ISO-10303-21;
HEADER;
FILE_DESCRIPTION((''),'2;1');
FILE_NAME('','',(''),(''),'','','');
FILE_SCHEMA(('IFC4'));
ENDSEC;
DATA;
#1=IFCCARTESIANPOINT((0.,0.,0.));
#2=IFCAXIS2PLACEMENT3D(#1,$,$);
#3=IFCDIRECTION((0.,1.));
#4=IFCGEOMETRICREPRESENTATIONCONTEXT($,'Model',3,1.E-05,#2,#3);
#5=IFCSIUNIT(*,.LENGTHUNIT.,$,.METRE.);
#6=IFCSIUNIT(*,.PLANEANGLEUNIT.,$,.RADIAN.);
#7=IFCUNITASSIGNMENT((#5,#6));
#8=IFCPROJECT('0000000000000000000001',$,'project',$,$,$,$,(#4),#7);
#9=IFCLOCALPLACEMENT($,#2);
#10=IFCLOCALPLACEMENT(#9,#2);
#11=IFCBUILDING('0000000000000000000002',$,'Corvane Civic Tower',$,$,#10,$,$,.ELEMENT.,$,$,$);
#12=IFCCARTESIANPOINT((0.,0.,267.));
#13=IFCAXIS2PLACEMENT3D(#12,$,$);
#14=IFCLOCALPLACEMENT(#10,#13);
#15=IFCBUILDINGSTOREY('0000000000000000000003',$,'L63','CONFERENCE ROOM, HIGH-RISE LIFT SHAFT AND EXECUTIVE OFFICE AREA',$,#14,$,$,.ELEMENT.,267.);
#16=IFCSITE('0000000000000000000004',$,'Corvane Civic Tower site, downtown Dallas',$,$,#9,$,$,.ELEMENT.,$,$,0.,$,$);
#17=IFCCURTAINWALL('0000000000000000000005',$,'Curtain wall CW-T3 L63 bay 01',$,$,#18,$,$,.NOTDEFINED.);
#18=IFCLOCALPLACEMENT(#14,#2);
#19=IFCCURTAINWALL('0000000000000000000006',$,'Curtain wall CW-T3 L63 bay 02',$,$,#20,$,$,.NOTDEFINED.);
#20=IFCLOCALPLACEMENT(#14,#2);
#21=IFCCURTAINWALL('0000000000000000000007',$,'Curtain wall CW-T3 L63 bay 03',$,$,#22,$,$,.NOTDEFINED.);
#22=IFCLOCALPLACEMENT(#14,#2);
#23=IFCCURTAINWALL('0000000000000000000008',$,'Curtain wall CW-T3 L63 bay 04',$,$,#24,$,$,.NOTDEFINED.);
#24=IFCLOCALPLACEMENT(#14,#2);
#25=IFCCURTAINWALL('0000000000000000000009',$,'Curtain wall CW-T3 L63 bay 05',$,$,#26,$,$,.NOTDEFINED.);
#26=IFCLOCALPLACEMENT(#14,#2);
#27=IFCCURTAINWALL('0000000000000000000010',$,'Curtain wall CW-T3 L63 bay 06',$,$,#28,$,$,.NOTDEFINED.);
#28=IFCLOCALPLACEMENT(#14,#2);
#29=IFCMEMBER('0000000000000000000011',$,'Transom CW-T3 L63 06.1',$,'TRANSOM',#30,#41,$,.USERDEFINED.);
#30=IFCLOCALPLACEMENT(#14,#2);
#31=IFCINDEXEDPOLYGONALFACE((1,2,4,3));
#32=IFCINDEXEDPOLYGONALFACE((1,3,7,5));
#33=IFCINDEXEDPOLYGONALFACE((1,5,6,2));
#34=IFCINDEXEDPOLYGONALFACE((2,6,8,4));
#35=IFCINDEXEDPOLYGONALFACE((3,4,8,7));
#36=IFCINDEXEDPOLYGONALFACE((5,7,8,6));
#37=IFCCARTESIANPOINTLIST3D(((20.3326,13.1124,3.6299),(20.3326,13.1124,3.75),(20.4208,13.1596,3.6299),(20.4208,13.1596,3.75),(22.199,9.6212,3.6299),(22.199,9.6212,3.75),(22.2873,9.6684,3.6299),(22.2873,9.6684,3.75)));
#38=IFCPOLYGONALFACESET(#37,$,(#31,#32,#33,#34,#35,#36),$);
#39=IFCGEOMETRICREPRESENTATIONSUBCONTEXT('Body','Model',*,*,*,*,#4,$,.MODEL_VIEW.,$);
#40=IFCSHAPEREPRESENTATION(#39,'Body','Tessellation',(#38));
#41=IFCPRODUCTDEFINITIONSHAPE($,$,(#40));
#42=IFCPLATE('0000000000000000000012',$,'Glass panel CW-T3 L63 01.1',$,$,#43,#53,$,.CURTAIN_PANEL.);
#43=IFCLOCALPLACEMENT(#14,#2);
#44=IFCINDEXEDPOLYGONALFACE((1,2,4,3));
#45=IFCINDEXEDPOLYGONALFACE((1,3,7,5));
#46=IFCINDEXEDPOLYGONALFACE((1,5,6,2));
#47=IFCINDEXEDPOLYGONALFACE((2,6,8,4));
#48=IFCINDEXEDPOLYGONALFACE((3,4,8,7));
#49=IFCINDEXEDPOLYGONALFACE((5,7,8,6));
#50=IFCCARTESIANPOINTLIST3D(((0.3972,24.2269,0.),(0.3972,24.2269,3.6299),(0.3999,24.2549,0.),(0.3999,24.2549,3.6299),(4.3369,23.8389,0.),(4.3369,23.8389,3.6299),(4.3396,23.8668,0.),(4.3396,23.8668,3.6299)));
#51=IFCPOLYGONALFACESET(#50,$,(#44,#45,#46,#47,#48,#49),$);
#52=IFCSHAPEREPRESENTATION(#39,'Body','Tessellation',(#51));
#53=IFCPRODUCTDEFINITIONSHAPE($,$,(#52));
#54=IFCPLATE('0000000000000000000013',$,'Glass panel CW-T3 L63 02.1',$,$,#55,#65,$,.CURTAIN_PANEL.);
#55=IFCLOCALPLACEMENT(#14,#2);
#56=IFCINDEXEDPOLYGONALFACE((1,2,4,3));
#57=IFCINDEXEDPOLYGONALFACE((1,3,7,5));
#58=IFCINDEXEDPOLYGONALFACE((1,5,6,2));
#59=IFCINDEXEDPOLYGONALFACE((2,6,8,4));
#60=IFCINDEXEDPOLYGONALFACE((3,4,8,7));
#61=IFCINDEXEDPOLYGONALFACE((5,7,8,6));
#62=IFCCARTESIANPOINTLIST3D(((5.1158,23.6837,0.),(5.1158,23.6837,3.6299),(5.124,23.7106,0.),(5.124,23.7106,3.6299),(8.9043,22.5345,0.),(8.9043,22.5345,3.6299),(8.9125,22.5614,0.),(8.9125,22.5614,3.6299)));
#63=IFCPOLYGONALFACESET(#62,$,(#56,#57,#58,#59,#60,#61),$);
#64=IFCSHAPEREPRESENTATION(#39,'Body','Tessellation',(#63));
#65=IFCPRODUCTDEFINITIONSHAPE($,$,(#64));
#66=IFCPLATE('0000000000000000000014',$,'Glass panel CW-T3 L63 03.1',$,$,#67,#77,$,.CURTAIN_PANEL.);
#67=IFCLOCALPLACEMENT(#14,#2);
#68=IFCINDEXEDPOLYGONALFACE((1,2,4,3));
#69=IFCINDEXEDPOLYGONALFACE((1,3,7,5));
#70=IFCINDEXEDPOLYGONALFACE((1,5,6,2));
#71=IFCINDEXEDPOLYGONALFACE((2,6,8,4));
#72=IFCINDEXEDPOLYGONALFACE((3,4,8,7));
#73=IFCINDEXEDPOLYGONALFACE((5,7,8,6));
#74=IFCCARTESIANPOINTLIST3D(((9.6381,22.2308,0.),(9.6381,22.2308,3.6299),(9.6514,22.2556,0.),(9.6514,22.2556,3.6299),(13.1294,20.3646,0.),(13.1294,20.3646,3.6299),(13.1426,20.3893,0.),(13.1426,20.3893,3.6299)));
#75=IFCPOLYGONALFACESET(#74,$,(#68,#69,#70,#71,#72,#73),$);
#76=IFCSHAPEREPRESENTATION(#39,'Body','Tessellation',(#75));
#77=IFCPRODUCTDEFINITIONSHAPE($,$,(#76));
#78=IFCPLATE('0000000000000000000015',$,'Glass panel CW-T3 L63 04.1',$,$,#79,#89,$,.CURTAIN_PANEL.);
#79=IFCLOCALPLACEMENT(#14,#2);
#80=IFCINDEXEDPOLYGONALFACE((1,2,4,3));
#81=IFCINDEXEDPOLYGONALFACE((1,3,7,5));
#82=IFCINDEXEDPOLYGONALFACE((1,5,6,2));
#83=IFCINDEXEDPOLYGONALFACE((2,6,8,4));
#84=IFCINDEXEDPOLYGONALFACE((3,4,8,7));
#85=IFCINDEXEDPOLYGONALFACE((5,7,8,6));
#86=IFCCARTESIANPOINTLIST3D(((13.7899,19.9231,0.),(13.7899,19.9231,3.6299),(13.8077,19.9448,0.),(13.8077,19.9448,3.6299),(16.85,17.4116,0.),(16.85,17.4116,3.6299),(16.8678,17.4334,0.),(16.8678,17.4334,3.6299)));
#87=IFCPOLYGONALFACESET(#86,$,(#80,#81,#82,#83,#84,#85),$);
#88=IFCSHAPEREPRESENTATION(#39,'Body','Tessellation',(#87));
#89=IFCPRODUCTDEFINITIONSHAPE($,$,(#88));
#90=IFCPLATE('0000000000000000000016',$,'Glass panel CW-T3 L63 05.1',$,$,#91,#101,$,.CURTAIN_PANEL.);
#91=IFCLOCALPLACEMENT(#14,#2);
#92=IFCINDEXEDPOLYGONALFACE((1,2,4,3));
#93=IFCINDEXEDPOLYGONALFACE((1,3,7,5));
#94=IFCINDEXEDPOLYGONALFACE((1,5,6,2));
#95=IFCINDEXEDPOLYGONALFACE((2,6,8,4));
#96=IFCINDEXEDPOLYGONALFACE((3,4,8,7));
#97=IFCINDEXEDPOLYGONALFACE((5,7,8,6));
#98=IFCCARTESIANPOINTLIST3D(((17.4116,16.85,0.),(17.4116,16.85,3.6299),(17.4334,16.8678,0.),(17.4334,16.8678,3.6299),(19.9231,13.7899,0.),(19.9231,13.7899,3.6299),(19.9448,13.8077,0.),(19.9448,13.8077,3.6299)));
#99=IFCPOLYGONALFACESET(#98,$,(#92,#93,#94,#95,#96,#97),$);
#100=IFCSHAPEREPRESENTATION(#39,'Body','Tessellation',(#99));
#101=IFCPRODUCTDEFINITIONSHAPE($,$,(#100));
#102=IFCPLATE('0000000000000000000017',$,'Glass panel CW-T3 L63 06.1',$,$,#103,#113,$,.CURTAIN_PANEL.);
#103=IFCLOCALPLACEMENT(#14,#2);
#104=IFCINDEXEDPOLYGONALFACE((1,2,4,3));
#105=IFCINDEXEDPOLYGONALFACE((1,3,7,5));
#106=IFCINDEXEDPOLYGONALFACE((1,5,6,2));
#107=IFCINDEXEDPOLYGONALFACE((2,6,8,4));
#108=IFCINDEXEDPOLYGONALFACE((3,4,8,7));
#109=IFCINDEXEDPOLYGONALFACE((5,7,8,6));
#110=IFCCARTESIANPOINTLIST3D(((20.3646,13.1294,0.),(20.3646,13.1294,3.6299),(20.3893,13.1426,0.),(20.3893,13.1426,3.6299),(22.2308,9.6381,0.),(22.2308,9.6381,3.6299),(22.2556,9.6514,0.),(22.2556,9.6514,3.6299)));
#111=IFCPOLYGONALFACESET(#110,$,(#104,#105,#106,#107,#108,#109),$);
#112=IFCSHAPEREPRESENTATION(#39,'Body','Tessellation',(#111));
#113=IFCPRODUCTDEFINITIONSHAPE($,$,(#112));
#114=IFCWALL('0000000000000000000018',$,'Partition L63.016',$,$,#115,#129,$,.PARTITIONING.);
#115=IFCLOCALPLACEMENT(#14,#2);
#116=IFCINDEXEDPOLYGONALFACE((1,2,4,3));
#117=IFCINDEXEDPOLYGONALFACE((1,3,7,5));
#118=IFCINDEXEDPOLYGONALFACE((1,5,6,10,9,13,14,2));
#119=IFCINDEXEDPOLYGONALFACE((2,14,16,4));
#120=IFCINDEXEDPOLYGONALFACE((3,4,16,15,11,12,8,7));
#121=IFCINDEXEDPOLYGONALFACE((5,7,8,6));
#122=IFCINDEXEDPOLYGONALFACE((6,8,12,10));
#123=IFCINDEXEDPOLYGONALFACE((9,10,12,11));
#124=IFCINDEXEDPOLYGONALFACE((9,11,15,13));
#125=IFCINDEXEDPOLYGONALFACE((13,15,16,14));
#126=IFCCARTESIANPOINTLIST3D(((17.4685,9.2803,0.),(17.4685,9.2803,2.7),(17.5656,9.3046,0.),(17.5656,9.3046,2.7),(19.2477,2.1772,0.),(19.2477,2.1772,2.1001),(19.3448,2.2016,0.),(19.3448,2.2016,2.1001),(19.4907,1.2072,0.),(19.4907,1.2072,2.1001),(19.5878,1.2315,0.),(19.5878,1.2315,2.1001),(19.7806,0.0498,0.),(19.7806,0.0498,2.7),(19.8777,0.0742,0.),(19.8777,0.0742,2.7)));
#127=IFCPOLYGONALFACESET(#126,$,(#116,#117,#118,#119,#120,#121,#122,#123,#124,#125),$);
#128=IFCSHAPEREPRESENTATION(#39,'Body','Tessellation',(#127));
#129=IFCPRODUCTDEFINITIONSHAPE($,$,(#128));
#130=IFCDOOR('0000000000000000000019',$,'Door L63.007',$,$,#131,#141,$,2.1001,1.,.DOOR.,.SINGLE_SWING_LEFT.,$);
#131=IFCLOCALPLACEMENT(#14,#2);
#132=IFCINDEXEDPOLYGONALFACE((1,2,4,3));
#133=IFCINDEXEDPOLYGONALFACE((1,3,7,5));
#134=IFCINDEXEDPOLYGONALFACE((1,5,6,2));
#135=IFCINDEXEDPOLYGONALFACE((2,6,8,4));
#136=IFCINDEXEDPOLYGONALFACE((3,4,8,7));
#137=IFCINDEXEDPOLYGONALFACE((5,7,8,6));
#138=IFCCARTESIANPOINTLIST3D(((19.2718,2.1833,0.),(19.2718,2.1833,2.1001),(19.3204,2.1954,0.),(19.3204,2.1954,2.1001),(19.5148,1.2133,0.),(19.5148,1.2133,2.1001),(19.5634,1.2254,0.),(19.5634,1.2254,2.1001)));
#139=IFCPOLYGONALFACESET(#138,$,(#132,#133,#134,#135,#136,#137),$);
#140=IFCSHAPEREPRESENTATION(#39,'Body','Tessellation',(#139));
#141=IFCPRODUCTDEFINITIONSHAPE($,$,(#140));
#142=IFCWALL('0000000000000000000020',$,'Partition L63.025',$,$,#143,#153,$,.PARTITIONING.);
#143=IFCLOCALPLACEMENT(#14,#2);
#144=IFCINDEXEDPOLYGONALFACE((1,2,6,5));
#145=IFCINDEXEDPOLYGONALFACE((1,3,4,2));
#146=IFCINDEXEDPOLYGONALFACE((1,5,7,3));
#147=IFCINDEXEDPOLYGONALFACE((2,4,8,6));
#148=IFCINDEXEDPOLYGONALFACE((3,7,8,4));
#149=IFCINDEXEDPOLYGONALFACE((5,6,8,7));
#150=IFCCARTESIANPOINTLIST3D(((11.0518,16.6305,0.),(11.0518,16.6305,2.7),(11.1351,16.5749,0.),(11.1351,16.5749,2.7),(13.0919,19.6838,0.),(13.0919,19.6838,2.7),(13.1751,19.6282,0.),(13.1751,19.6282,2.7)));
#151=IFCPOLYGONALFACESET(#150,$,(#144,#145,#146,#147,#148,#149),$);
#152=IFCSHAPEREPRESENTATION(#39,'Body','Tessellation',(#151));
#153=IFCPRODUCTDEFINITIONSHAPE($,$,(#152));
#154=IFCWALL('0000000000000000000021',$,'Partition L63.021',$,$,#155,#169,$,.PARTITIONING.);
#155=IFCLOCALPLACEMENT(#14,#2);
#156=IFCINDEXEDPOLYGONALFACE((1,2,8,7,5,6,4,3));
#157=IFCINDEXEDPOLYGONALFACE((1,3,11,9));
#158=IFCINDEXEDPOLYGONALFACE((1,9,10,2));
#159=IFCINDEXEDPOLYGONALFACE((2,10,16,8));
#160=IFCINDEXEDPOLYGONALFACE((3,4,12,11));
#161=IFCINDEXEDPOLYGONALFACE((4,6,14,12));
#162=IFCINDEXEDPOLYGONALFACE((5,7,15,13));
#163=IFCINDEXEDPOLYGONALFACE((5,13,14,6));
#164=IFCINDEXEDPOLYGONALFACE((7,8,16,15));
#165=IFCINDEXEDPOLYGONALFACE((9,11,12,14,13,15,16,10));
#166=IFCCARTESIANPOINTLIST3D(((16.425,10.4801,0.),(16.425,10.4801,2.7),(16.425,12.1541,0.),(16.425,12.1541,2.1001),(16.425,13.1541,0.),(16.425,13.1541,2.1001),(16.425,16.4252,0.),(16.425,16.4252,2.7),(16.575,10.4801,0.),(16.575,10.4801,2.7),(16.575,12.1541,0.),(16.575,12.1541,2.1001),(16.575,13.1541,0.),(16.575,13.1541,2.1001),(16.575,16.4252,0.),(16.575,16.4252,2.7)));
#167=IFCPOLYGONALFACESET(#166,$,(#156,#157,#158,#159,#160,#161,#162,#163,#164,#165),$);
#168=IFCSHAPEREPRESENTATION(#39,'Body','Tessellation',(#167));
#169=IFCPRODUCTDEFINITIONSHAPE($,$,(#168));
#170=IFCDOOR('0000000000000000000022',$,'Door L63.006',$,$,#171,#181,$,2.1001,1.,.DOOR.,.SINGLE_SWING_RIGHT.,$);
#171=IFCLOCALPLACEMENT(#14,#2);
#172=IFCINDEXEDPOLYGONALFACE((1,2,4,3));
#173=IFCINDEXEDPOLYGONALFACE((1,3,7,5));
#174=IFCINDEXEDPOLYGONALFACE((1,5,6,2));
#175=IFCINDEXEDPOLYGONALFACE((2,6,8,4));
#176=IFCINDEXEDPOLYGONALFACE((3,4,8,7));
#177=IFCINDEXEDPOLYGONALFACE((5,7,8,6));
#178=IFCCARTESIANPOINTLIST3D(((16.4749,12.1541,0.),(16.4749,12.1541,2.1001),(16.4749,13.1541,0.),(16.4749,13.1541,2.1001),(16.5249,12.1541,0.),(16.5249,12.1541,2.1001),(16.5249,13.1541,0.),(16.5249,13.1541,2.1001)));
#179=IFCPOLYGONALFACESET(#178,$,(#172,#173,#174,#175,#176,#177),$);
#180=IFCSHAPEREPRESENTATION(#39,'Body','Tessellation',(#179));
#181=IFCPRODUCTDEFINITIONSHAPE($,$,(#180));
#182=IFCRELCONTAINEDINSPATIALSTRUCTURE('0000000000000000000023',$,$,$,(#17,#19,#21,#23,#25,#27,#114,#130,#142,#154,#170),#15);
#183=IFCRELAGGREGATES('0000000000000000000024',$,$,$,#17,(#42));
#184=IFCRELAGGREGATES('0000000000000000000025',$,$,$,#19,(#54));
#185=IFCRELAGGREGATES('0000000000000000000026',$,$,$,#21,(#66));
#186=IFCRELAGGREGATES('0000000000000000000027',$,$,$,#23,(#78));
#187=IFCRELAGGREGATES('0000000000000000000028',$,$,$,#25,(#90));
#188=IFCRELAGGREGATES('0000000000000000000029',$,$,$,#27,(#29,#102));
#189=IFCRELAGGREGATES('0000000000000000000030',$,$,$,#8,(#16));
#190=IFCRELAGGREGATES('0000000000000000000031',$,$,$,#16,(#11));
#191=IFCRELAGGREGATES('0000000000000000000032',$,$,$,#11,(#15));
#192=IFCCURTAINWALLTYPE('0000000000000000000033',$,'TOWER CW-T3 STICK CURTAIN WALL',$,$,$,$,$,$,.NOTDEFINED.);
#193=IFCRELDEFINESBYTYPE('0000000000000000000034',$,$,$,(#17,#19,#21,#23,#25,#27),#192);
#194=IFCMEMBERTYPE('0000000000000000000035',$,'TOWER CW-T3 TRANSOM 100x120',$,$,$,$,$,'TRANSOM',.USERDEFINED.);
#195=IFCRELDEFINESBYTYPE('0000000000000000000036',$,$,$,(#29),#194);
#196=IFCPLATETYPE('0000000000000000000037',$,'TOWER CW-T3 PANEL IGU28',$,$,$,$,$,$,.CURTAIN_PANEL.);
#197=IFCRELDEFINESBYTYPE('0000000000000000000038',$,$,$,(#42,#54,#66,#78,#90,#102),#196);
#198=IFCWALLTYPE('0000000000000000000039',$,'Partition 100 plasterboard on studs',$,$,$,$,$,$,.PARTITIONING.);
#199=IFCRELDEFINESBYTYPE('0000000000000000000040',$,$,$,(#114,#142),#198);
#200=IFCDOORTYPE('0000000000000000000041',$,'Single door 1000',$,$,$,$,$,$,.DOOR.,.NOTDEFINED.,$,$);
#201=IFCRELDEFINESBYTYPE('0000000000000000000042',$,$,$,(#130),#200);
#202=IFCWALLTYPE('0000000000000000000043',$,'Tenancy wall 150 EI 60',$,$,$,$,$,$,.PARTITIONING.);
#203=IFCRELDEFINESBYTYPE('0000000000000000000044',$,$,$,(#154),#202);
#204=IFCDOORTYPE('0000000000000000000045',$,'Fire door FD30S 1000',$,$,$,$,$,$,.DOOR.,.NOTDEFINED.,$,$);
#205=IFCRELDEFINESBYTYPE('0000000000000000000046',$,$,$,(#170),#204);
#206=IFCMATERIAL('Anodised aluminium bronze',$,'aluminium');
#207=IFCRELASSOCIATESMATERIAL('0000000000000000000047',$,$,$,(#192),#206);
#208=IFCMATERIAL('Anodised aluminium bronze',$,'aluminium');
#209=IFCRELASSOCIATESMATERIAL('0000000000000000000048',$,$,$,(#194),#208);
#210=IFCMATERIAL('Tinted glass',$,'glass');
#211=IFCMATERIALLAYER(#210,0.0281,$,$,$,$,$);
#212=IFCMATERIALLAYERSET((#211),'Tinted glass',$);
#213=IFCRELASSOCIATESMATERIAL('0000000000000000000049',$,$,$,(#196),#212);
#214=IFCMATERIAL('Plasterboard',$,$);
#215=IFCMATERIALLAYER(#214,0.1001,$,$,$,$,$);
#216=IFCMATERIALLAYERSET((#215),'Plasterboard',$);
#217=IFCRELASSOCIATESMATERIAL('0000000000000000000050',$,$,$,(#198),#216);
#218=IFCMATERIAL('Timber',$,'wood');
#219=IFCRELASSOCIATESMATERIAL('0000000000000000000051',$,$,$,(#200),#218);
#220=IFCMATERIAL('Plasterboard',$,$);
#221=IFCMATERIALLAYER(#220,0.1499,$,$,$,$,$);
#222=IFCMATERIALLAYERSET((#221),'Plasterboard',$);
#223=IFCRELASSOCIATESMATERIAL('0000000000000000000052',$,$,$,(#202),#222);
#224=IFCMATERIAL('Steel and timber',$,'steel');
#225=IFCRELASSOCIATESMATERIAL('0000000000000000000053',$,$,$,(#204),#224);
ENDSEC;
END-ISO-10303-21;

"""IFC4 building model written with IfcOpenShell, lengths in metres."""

from ifc_helpers import new_model, si_unit, direction, frame, frame_2d, origin, origin_2d, place, context, subcontext, project, spatial, rectangle, extrude, material, layer, layer_set, material_profile, profile_set, type_object, element, fill, aggregate, save


model = new_model("IFC4")

# Units and contexts
model_context = context("Model", 3, precision=1e-05, world=origin(), true_north=direction((0.0, 1.0)))
body_context = subcontext(model_context, "Body", "Model", "MODEL_VIEW")
ifc_project = project(units=[si_unit("LENGTHUNIT", "METRE"), si_unit("PLANEANGLEUNIT", "RADIAN")], contexts=[model_context])

# Site, building, storey
site_placement = place(None, origin())
site = spatial("IfcSite", under=ifc_project, at=site_placement, Name="Corvane Civic Tower site, downtown Dallas", CompositionType="ELEMENT", RefElevation=0.0)
building_placement = place(site_placement, origin())
building = spatial("IfcBuilding", under=site, at=building_placement, Name="Corvane Civic Tower", CompositionType="ELEMENT")
storey_placement = place(building_placement, frame((0.0, 0.0, 267.0)))
storey = spatial("IfcBuildingStorey", under=building, at=storey_placement, Name="L63", Description="CONFERENCE ROOM, HIGH-RISE LIFT SHAFT AND EXECUTIVE OFFICE AREA", CompositionType="ELEMENT", Elevation=267.0)

# Curtain walls, member
ifc_material_1 = material(Name="Anodised aluminium bronze", Category="aluminium")
curtain_wall_type = type_object("IfcCurtainWallType", Name="TOWER CW-T3 STICK CURTAIN WALL", PredefinedType="NOTDEFINED", material=ifc_material_1)
curtain_wall_1_placement = place(storey_placement, origin())
curtain_wall_1 = element("IfcCurtainWall", 1, at=curtain_wall_1_placement, inside=storey, type_object=curtain_wall_type, Name="Curtain wall CW-T3 L63 bay 01", PredefinedType="NOTDEFINED")
ifc_material_2 = material(Name="Anodised aluminium bronze", Category="aluminium")
ifc_material_profile_1 = material_profile(ifc_material_2, rectangle(XDim=0.1001, YDim=0.1201, at=origin_2d()), Name="TOWER CW-T3 TRANSOM 100x120")
ifc_profile_set_1 = profile_set([ifc_material_profile_1], Name="Anodised aluminium bronze")
member_type = type_object("IfcMemberType", Name="TOWER CW-T3 TRANSOM 100x120", ElementType="TRANSOM", PredefinedType="USERDEFINED", material=ifc_profile_set_1)
curtain_wall_2_placement = place(storey_placement, origin())
curtain_wall_2 = element("IfcCurtainWall", 2, at=curtain_wall_2_placement, inside=storey, type_object=curtain_wall_type, Name="Curtain wall CW-T3 L63 bay 02", PredefinedType="NOTDEFINED")
curtain_wall_3_placement = place(storey_placement, origin())
curtain_wall_3 = element("IfcCurtainWall", 3, at=curtain_wall_3_placement, inside=storey, type_object=curtain_wall_type, Name="Curtain wall CW-T3 L63 bay 03", PredefinedType="NOTDEFINED")
curtain_wall_4_placement = place(storey_placement, origin())
curtain_wall_4 = element("IfcCurtainWall", 4, at=curtain_wall_4_placement, inside=storey, type_object=curtain_wall_type, Name="Curtain wall CW-T3 L63 bay 04", PredefinedType="NOTDEFINED")
curtain_wall_5_placement = place(storey_placement, origin())
curtain_wall_5 = element("IfcCurtainWall", 5, at=curtain_wall_5_placement, inside=storey, type_object=curtain_wall_type, Name="Curtain wall CW-T3 L63 bay 05", PredefinedType="NOTDEFINED")
curtain_wall_6_placement = place(storey_placement, origin())
curtain_wall_6 = element("IfcCurtainWall", 6, at=curtain_wall_6_placement, inside=storey, type_object=curtain_wall_type, Name="Curtain wall CW-T3 L63 bay 06", PredefinedType="NOTDEFINED")
member_1_placement = place(storey_placement, frame((20.3767, 13.136, 3.6899), z_axis=(0.471468, -0.881883, 0.0), x_axis=(0.881883, 0.471468, 0.0)))
member_1 = element("IfcMember", 7, at=member_1_placement, type_object=member_type, Name="Transom CW-T3 L63 06.1", ObjectType="TRANSOM", PredefinedType="USERDEFINED", context=body_context, shape_type="SweptSolid", body=[
    extrude(rectangle(XDim=0.1001, YDim=0.1201, at=origin_2d()), origin(), (0.0, 0.0, 1.0), 3.9587),
])

# Plates
ifc_material_3 = material(Name="Tinted glass", Category="glass")
ifc_layer_1 = layer(ifc_material_3, 0.0281)
ifc_layer_set_1 = layer_set([ifc_layer_1], Name="Tinted glass")
plate_type = type_object("IfcPlateType", Name="TOWER CW-T3 PANEL IGU28", PredefinedType="CURTAIN_PANEL", material=ifc_layer_set_1)
plate_1_placement = place(storey_placement, frame((2.3684, 24.0469, 0.0), z_axis=(0.0, 0.0, 1.0), x_axis=(0.995184, -0.098021, 0.0)))
plate_1 = element("IfcPlate", 8, at=plate_1_placement, type_object=plate_type, Name="Glass panel CW-T3 L63 01.1", PredefinedType="CURTAIN_PANEL", context=body_context, shape_type="SweptSolid", body=[
    extrude(rectangle(XDim=3.9587, YDim=0.0281, at=origin_2d()), origin(), (0.0, 0.0, 1.0), 3.6299),
])
aggregate(curtain_wall_1, [plate_1])
plate_2_placement = place(storey_placement, frame((7.0142, 23.1226, 0.0), z_axis=(0.0, 0.0, 1.0), x_axis=(0.956944, -0.290274, 0.0)))
plate_2 = element("IfcPlate", 9, at=plate_2_placement, type_object=plate_type, Name="Glass panel CW-T3 L63 02.1", PredefinedType="CURTAIN_PANEL", context=body_context, shape_type="SweptSolid", body=[
    extrude(rectangle(XDim=3.959, YDim=0.0281, at=origin_2d()), origin(), (0.0, 0.0, 1.0), 3.6299),
])
aggregate(curtain_wall_2, [plate_2])
plate_3_placement = place(storey_placement, frame((11.3904, 21.3101, 0.0), z_axis=(0.0, 0.0, 1.0), x_axis=(0.881908, -0.471421, 0.0)))
plate_3 = element("IfcPlate", 10, at=plate_3_placement, type_object=plate_type, Name="Glass panel CW-T3 L63 03.1", PredefinedType="CURTAIN_PANEL", context=body_context, shape_type="SweptSolid", body=[
    extrude(rectangle(XDim=3.9587, YDim=0.0281, at=origin_2d()), origin(), (0.0, 0.0, 1.0), 3.6299),
])
aggregate(curtain_wall_3, [plate_3])
plate_4_placement = place(storey_placement, frame((15.3289, 18.6782, 0.0), z_axis=(0.0, 0.0, 1.0), x_axis=(0.773001, -0.634405, 0.0)))
plate_4 = element("IfcPlate", 11, at=plate_4_placement, type_object=plate_type, Name="Glass panel CW-T3 L63 04.1", PredefinedType="CURTAIN_PANEL", context=body_context, shape_type="SweptSolid", body=[
    extrude(rectangle(XDim=3.9587, YDim=0.0281, at=origin_2d()), origin(), (0.0, 0.0, 1.0), 3.6299),
])
aggregate(curtain_wall_4, [plate_4])
plate_5_placement = place(storey_placement, frame((18.6782, 15.3289, 0.0), z_axis=(0.0, 0.0, 1.0), x_axis=(0.634405, -0.773001, 0.0)))
plate_5 = element("IfcPlate", 12, at=plate_5_placement, type_object=plate_type, Name="Glass panel CW-T3 L63 05.1", PredefinedType="CURTAIN_PANEL", context=body_context, shape_type="SweptSolid", body=[
    extrude(rectangle(XDim=3.9587, YDim=0.0281, at=origin_2d()), origin(), (0.0, 0.0, 1.0), 3.6299),
])
aggregate(curtain_wall_5, [plate_5])
plate_6_placement = place(storey_placement, frame((21.3101, 11.3904, 0.0), z_axis=(0.0, 0.0, 1.0), x_axis=(0.471421, -0.881908, 0.0)))
plate_6 = element("IfcPlate", 13, at=plate_6_placement, type_object=plate_type, Name="Glass panel CW-T3 L63 06.1", PredefinedType="CURTAIN_PANEL", context=body_context, shape_type="SweptSolid", body=[
    extrude(rectangle(XDim=3.9587, YDim=0.0281, at=origin_2d()), origin(), (0.0, 0.0, 1.0), 3.6299),
])
aggregate(curtain_wall_6, [member_1, plate_6])

# Wall, opening, door
ifc_material_4 = material(Name="Plasterboard")
ifc_layer_2 = layer(ifc_material_4, 0.1001)
ifc_layer_set_2 = layer_set([ifc_layer_2], Name="Plasterboard")
wall_type_1 = type_object("IfcWallType", Name="Partition 100 plasterboard on studs", PredefinedType="PARTITIONING", material=ifc_layer_set_2)
wall_1_placement = place(storey_placement, frame((17.5171, 9.2925, 0.0), z_axis=(0.0, 0.0, 1.0), x_axis=(0.24297, -0.970034, 0.0)))
wall_1 = element("IfcWall", 14, at=wall_1_placement, inside=storey, type_object=wall_type_1, Name="Partition L63.016", PredefinedType="PARTITIONING", context=body_context, shape_type="SweptSolid", body=[
    extrude(rectangle(XDim=9.5156, YDim=0.1001, at=frame_2d((4.7578, 0.0))), origin(), (0.0, 0.0, 1.0), 2.7),
])
opening_1_placement = place(wall_1_placement, frame((7.3225, 0.0, 0.0)))
opening_1 = element("IfcOpeningElement", 15, at=opening_1_placement, cuts=wall_1, PredefinedType="OPENING", context=body_context, shape_type="SweptSolid", body=[
    extrude(rectangle(XDim=1.0, YDim=2.1001, at=frame_2d((0.5, 1.05))), frame((0.0, 0.0601, 0.0), z_axis=(0.0, -1.0, 0.0), x_axis=(1.0, 0.0, 0.0)), (0.0, 0.0, 1.0), 0.1201),
])
ifc_material_5 = material(Name="Timber", Category="wood")
door_type_1 = type_object("IfcDoorType", Name="Single door 1000", OperationType="NOTDEFINED", PredefinedType="DOOR", material=ifc_material_5)
door_1_placement = place(opening_1_placement, origin())
door_1 = element("IfcDoor", 16, at=door_1_placement, inside=storey, type_object=door_type_1, Name="Door L63.007", OperationType="SINGLE_SWING_LEFT", OverallHeight=2.1001, OverallWidth=1.0, PredefinedType="DOOR", context=body_context, shape_type="SweptSolid", body=[
    extrude(rectangle(XDim=1.0, YDim=2.1001, at=frame_2d((0.5, 1.05))), frame((0.0, 0.0249, 0.0), z_axis=(0.0, -1.0, 0.0), x_axis=(1.0, 0.0, 0.0)), (0.0, 0.0, 1.0), 0.05),
])
fill(opening_1, door_1)

# Wall
wall_2_placement = place(storey_placement, frame((11.0935, 16.6028, 0.0), z_axis=(0.0, 0.0, 1.0), x_axis=(0.555559, 0.831477, 0.0)))
element("IfcWall", 17, at=wall_2_placement, inside=storey, type_object=wall_type_1, Name="Partition L63.025", PredefinedType="PARTITIONING", context=body_context, shape_type="SweptSolid", body=[
    extrude(rectangle(XDim=3.6721, YDim=0.1001, at=frame_2d((1.8359, 0.0))), origin(), (0.0, 0.0, 1.0), 2.7),
])

# Wall, opening, door
ifc_material_6 = material(Name="Plasterboard")
ifc_layer_3 = layer(ifc_material_6, 0.1499)
ifc_layer_set_3 = layer_set([ifc_layer_3], Name="Plasterboard")
wall_type_2 = type_object("IfcWallType", Name="Tenancy wall 150 EI 60", PredefinedType="PARTITIONING", material=ifc_layer_set_3)
wall_3_placement = place(storey_placement, frame((16.5, 10.48, 0.0), z_axis=(0.0, 0.0, 1.0), x_axis=(0.0, 1.0, 0.0)))
wall_3 = element("IfcWall", 18, at=wall_3_placement, inside=storey, type_object=wall_type_2, Name="Partition L63.021", PredefinedType="PARTITIONING", context=body_context, shape_type="SweptSolid", body=[
    extrude(rectangle(XDim=5.9451, YDim=0.1499, at=frame_2d((2.9727, 0.0))), origin(), (0.0, 0.0, 1.0), 2.7),
])
opening_2_placement = place(wall_3_placement, frame((1.6741, 0.0, 0.0)))
opening_2 = element("IfcOpeningElement", 19, at=opening_2_placement, cuts=wall_3, PredefinedType="OPENING", context=body_context, shape_type="SweptSolid", body=[
    extrude(rectangle(XDim=1.0, YDim=2.1001, at=frame_2d((0.5, 1.05))), frame((0.0, 0.085, 0.0), z_axis=(0.0, -1.0, 0.0), x_axis=(1.0, 0.0, 0.0)), (0.0, 0.0, 1.0), 0.1699),
])
ifc_material_7 = material(Name="Steel and timber", Category="steel")
door_type_2 = type_object("IfcDoorType", Name="Fire door FD30S 1000", OperationType="NOTDEFINED", PredefinedType="DOOR", material=ifc_material_7)
door_2_placement = place(opening_2_placement, frame((1.0, 0.0, 0.0), z_axis=(0.0, 0.0, 1.0), x_axis=(-1.0, 0.0, 0.0)))
door_2 = element("IfcDoor", 20, at=door_2_placement, inside=storey, type_object=door_type_2, Name="Door L63.006", OperationType="SINGLE_SWING_RIGHT", OverallHeight=2.1001, OverallWidth=1.0, PredefinedType="DOOR", context=body_context, shape_type="SweptSolid", body=[
    extrude(rectangle(XDim=1.0, YDim=2.1001, at=frame_2d((0.5, 1.05))), frame((0.0, 0.0249, 0.0), z_axis=(0.0, -1.0, 0.0), x_axis=(1.0, 0.0, 0.0)), (0.0, 0.0, 1.0), 0.05),
])
fill(opening_2, door_2)

save(model, "model.ifc")
